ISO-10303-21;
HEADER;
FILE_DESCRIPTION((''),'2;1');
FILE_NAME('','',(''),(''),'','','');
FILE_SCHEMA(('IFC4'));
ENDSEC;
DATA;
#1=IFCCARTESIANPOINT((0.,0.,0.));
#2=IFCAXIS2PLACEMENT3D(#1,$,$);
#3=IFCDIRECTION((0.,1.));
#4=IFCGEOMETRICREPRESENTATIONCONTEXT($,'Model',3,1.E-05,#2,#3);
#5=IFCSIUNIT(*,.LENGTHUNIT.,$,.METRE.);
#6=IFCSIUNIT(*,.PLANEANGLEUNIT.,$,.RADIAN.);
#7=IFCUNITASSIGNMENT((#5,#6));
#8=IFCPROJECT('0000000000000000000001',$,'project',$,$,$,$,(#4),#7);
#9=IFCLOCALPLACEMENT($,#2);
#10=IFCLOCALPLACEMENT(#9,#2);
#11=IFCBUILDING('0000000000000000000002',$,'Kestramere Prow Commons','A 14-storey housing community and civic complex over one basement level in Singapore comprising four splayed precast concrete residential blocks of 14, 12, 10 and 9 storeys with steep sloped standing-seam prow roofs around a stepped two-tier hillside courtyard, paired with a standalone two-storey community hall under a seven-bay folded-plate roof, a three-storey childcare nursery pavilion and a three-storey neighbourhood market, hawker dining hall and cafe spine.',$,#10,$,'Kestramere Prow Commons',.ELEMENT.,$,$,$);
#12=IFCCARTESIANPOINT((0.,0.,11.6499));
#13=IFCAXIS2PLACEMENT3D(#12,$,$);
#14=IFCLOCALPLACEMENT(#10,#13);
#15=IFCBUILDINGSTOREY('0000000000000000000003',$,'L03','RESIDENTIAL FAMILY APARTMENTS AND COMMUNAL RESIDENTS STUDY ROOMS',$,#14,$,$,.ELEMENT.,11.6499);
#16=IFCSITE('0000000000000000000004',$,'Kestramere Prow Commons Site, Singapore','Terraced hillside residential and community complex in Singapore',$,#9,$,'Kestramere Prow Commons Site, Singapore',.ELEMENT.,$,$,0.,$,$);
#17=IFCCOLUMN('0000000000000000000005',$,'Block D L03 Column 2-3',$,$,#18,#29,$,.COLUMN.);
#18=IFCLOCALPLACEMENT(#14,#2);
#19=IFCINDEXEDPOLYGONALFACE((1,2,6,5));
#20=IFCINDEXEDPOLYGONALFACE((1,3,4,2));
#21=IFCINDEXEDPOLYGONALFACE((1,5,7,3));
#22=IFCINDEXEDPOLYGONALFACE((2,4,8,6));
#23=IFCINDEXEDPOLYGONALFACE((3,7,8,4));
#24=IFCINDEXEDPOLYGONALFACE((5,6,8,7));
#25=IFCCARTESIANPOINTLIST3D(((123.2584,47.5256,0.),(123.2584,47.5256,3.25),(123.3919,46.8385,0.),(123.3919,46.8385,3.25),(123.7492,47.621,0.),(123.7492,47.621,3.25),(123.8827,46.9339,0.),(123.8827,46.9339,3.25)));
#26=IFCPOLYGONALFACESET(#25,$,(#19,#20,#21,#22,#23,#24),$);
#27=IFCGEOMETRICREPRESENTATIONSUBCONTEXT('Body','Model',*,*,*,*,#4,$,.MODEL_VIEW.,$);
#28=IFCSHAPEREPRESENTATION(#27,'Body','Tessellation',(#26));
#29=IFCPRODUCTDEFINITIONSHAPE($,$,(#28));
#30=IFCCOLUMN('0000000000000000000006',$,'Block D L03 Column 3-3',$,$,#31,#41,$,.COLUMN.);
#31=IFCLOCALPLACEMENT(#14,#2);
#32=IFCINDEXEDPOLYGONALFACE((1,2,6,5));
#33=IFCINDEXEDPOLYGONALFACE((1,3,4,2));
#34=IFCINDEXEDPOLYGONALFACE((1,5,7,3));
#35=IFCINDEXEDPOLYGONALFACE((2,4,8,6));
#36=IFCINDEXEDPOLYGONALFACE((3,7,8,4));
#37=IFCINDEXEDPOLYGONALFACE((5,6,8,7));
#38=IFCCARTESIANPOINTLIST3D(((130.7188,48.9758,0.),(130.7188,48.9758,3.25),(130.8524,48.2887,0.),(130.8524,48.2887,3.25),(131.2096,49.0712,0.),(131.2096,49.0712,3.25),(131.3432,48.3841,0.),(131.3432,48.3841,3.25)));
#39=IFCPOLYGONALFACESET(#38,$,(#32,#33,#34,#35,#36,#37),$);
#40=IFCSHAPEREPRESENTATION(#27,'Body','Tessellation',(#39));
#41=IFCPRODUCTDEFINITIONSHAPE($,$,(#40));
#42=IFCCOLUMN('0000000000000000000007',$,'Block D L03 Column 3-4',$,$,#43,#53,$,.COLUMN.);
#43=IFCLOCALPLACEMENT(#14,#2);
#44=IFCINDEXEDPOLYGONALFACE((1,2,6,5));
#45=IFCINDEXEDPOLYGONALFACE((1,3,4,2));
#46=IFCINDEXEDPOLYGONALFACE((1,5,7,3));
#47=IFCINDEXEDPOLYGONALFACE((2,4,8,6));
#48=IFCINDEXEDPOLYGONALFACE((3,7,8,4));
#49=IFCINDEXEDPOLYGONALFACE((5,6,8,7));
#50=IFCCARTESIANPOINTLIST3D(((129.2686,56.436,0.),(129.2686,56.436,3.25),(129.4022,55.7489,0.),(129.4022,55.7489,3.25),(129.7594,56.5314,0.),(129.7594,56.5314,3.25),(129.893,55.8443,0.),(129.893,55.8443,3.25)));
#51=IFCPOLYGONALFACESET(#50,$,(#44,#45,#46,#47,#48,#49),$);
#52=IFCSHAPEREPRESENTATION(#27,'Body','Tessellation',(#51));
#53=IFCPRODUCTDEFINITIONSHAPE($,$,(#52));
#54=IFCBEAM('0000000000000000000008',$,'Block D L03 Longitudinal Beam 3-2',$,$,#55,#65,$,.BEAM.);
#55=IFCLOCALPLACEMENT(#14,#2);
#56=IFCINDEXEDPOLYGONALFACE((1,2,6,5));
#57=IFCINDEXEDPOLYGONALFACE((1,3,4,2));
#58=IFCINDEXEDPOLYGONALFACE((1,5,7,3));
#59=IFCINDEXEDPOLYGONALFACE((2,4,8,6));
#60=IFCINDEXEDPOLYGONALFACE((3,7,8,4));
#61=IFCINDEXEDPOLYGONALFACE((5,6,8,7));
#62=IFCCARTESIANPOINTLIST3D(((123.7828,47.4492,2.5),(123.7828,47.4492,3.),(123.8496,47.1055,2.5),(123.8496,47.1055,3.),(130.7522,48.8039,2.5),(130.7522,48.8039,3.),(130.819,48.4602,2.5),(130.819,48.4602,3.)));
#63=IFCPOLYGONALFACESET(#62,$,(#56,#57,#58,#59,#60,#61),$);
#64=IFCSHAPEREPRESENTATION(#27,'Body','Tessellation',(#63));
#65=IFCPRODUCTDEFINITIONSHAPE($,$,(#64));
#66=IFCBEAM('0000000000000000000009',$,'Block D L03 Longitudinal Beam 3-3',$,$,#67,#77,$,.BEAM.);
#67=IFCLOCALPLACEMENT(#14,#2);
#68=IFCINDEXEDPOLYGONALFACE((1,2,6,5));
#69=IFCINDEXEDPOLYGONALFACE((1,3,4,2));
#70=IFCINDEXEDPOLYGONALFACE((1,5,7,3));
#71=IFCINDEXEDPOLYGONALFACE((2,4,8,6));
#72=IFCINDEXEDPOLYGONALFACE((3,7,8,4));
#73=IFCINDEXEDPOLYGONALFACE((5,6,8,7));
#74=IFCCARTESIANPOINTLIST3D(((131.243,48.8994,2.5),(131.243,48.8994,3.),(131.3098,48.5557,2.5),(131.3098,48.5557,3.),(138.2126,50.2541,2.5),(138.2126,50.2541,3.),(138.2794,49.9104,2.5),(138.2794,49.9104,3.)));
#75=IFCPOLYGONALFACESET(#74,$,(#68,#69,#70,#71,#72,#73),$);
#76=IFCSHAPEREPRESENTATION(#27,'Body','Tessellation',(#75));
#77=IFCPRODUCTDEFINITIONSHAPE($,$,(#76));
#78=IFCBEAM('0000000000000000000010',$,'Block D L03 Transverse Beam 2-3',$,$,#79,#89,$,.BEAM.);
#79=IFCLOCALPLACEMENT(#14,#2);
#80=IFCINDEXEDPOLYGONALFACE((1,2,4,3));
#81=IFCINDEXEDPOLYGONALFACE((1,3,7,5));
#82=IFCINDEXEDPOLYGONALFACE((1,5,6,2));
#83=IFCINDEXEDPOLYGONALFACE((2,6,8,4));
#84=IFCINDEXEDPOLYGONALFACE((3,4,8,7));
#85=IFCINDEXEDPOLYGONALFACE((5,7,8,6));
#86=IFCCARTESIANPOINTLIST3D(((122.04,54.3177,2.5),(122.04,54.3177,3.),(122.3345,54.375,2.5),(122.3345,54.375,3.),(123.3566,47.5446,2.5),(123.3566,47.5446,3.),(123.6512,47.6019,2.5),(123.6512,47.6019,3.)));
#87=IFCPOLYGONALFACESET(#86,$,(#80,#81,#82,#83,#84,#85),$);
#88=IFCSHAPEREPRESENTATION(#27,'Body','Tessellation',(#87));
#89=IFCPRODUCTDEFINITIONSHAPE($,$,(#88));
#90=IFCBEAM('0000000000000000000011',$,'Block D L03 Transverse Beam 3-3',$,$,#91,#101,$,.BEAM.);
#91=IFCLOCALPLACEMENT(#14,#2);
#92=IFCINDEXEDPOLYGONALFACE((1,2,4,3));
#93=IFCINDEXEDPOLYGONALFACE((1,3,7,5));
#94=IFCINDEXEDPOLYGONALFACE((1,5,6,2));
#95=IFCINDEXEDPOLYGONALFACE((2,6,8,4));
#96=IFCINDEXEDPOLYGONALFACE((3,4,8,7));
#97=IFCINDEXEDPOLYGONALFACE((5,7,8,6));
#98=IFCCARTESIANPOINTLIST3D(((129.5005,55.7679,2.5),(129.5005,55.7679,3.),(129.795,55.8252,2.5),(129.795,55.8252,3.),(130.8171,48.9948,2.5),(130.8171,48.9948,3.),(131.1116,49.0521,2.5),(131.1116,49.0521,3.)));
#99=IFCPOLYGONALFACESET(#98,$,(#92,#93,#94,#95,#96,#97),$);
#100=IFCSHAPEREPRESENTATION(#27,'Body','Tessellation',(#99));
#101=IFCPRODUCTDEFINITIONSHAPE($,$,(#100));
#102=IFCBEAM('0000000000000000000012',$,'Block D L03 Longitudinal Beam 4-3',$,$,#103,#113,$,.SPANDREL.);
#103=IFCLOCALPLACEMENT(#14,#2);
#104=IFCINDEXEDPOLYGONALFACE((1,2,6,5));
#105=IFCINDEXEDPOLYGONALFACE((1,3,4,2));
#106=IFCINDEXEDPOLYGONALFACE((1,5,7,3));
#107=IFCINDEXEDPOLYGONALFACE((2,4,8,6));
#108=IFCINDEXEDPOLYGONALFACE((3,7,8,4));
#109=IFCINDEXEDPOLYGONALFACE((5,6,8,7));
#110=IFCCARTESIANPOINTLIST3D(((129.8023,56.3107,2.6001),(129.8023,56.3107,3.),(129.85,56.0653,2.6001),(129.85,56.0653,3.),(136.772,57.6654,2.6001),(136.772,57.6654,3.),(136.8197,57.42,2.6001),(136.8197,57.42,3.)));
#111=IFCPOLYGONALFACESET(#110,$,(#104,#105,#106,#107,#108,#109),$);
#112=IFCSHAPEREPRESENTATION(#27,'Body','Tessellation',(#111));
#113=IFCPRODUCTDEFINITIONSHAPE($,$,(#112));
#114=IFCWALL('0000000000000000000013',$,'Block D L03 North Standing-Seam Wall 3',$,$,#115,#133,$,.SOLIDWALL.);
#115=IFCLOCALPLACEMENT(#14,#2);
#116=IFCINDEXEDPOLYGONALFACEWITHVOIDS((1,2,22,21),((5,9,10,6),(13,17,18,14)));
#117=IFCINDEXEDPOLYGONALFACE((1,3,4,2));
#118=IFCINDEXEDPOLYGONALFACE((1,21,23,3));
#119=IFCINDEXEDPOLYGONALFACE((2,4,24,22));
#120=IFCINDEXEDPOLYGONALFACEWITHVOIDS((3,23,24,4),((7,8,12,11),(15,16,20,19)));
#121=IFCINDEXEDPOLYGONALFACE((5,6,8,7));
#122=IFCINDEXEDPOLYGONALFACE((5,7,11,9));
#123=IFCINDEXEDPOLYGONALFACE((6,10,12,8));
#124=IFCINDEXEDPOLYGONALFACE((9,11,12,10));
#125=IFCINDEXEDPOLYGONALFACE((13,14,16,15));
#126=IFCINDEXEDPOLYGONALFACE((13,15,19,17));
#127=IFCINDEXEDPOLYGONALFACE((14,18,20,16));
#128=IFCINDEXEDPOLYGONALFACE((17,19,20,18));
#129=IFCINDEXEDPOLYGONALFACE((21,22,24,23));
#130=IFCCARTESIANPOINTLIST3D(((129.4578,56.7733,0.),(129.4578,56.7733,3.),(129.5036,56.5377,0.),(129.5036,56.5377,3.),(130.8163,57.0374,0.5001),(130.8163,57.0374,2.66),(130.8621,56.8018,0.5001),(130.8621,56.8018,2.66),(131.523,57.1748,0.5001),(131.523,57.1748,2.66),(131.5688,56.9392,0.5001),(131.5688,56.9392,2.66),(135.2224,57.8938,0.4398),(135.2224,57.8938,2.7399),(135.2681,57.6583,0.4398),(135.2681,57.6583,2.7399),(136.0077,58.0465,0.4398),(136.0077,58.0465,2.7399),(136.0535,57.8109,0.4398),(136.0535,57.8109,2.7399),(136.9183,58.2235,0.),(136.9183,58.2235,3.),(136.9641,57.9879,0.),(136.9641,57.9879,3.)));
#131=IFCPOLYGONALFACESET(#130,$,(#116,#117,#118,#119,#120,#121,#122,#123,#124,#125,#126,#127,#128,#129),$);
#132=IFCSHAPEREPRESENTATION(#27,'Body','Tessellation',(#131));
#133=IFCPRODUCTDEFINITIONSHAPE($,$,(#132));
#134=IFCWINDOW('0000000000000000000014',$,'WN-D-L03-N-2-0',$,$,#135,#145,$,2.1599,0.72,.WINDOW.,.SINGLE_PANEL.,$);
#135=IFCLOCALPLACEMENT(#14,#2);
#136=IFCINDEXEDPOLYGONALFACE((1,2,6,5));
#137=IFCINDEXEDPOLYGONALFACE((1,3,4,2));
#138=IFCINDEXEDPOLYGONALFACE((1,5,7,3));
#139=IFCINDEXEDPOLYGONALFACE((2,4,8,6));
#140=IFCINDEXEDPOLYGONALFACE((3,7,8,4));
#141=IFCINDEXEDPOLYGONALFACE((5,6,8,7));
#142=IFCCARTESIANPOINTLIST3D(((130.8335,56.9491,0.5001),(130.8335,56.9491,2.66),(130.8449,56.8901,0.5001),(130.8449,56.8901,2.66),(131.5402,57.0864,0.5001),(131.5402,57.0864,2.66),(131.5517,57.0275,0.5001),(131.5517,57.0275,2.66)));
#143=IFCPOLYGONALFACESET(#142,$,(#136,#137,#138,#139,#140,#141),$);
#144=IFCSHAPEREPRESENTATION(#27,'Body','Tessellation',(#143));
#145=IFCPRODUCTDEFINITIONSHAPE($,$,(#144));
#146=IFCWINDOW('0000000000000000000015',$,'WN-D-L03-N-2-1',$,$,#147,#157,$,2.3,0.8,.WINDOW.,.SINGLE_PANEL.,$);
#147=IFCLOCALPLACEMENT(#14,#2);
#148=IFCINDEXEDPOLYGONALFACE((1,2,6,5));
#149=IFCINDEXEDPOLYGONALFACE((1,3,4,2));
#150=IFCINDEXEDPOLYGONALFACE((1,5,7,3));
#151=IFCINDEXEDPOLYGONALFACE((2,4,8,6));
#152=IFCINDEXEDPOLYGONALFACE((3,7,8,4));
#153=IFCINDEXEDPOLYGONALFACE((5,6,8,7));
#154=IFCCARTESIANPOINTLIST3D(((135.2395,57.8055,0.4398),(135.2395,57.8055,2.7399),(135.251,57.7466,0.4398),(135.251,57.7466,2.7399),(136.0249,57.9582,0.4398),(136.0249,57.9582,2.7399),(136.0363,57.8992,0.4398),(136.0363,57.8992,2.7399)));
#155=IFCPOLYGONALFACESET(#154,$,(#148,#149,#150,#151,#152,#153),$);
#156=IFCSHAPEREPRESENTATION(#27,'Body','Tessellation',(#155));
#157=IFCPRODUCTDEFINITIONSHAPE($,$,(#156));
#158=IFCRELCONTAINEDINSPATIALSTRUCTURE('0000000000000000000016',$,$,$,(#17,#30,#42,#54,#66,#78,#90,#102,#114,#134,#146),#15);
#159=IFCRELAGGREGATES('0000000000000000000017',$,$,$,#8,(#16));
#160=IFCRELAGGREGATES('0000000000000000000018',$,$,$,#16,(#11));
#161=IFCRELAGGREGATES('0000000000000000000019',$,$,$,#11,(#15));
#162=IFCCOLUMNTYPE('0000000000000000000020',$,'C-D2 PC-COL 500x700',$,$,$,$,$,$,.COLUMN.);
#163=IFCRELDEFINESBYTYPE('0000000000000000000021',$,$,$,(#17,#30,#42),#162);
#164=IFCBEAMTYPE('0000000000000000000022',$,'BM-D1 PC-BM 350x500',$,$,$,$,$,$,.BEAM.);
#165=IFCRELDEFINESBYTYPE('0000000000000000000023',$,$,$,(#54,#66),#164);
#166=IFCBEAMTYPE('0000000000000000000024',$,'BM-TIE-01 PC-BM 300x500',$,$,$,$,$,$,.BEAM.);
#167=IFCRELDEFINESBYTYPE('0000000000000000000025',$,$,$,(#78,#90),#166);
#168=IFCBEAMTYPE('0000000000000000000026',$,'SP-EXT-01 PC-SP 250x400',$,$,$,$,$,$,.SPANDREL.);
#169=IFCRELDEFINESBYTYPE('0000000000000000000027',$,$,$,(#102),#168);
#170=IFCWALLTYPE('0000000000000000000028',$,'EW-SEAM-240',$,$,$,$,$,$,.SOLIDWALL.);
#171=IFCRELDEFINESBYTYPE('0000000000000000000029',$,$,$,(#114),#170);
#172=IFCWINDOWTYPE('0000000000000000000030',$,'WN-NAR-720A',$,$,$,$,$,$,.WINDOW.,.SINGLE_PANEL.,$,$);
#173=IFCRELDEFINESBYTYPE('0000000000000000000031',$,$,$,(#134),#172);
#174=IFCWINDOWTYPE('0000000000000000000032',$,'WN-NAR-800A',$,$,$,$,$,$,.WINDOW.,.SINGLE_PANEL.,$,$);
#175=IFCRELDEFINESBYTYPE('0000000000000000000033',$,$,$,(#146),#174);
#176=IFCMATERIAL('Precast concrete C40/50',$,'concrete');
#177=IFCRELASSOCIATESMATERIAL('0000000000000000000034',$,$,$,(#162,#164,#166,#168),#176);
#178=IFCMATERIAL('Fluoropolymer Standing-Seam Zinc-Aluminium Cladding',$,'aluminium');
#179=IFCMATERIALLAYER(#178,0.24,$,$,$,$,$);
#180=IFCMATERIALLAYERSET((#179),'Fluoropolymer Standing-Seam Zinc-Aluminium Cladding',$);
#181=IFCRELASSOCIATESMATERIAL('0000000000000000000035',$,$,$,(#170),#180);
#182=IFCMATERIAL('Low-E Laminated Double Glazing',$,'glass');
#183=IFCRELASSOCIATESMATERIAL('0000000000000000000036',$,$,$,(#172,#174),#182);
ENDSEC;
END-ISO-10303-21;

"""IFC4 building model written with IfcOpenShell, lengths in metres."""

from ifc_helpers import new_model, si_unit, direction, frame, frame_2d, origin, origin_2d, place, context, subcontext, project, spatial, rectangle, extrude, material, layer, layer_set, material_profile, profile_set, type_object, element, fill, save


model = new_model("IFC4")

# Units and contexts
model_context = context("Model", 3, precision=1e-05, world=origin(), true_north=direction((0.0, 1.0)))
body_context = subcontext(model_context, "Body", "Model", "MODEL_VIEW")
ifc_project = project(units=[si_unit("LENGTHUNIT", "METRE"), si_unit("PLANEANGLEUNIT", "RADIAN")], contexts=[model_context])

# Site, building, storey
site_placement = place(None, origin())
site = spatial("IfcSite", under=ifc_project, at=site_placement, Name="Kestramere Prow Commons Site, Singapore", Description="Terraced hillside residential and community complex in Singapore", LongName="Kestramere Prow Commons Site, Singapore", CompositionType="ELEMENT", RefElevation=0.0)
building_placement = place(site_placement, origin())
building = spatial("IfcBuilding", under=site, at=building_placement, Name="Kestramere Prow Commons", Description="A 14-storey housing community and civic complex over one basement level in Singapore comprising four splayed precast concrete residential blocks of 14, 12, 10 and 9 storeys with steep sloped standing-seam prow roofs around a stepped two-tier hillside courtyard, paired with a standalone two-storey community hall under a seven-bay folded-plate roof, a three-storey childcare nursery pavilion and a three-storey neighbourhood market, hawker dining hall and cafe spine.", LongName="Kestramere Prow Commons", CompositionType="ELEMENT")
storey_placement = place(building_placement, frame((0.0, 0.0, 11.6499)))
storey = spatial("IfcBuildingStorey", under=building, at=storey_placement, Name="L03", Description="RESIDENTIAL FAMILY APARTMENTS AND COMMUNAL RESIDENTS STUDY ROOMS", CompositionType="ELEMENT", Elevation=11.6499)

# Columns
ifc_material_1 = material(Name="Precast concrete C40/50", Category="concrete")
ifc_material_profile_1 = material_profile(ifc_material_1, rectangle(XDim=0.5, YDim=0.7, at=origin_2d()), Name="PC-COL 500x700")
ifc_profile_set_1 = profile_set([ifc_material_profile_1], Name="Precast concrete C40/50")
column_type = type_object("IfcColumnType", Name="C-D2 PC-COL 500x700", PredefinedType="COLUMN", material=ifc_profile_set_1)
for number, where, z_axis, x_axis, name in (
    (1, (123.5706, 47.2297, 0.0), (0.0, 0.0, 1.0), (0.981627, 0.190809, 0.0), "Block D L03 Column 2-3"),
    (2, (131.031, 48.6799, 0.0), (0.0, 0.0, 1.0), (0.981627, 0.190809, 0.0), "Block D L03 Column 3-3"),
    (3, (129.5808, 56.1401, 0.0), (0.0, 0.0, 1.0), (0.981627, 0.190809, 0.0), "Block D L03 Column 3-4"),
):
    element("IfcColumn", number, at=place(storey_placement, frame(where, z_axis=z_axis, x_axis=x_axis)), inside=storey, type_object=column_type, Name=name, PredefinedType="COLUMN", context=body_context, shape_type="SweptSolid", body=[
        extrude(rectangle(XDim=0.5, YDim=0.7, at=origin_2d()), origin(), (0.0, 0.0, 1.0), 3.25),
    ])

# Beams
ifc_material_profile_2 = material_profile(ifc_material_1, rectangle(XDim=0.3501, YDim=0.5, at=origin_2d()), Name="PC-BM 350x500")
ifc_profile_set_2 = profile_set([ifc_material_profile_2], Name="Precast concrete C40/50")
beam_type_1 = type_object("IfcBeamType", Name="BM-D1 PC-BM 350x500", PredefinedType="BEAM", material=ifc_profile_set_2)
beam_1_placement = place(storey_placement, frame((123.8162, 47.2773, 2.75), z_axis=(0.981627, 0.19081, 0.0), x_axis=(-0.19081, 0.981627, 0.0)))
element("IfcBeam", 4, at=beam_1_placement, inside=storey, type_object=beam_type_1, Name="Block D L03 Longitudinal Beam 3-2", PredefinedType="BEAM", context=body_context, shape_type="SweptSolid", body=[
    extrude(rectangle(XDim=0.3501, YDim=0.5, at=origin_2d()), origin(), (0.0, 0.0, 1.0), 7.0999),
])
beam_2_placement = place(storey_placement, frame((131.2764, 48.7275, 2.75), z_axis=(0.981628, 0.190803, 0.0), x_axis=(-0.190803, 0.981628, 0.0)))
element("IfcBeam", 5, at=beam_2_placement, inside=storey, type_object=beam_type_1, Name="Block D L03 Longitudinal Beam 3-3", PredefinedType="BEAM", context=body_context, shape_type="SweptSolid", body=[
    extrude(rectangle(XDim=0.3501, YDim=0.5, at=origin_2d()), origin(), (0.0, 0.0, 1.0), 7.1001),
])
ifc_material_profile_3 = material_profile(ifc_material_1, rectangle(XDim=0.3, YDim=0.5, at=origin_2d()), Name="PC-BM 300x500")
ifc_profile_set_3 = profile_set([ifc_material_profile_3], Name="Precast concrete C40/50")
beam_type_2 = type_object("IfcBeamType", Name="BM-TIE-01 PC-BM 300x500", PredefinedType="BEAM", material=ifc_profile_set_3)
for number, where, z_axis, x_axis, name in (
    (6, (123.5039, 47.5732, 2.75), (-0.190819, 0.981625, 0.0), (-0.981625, -0.190819, 0.0), "Block D L03 Transverse Beam 2-3"),
    (7, (130.9644, 49.0234, 2.75), (-0.190819, 0.981625, 0.0), (-0.981625, -0.190819, 0.0), "Block D L03 Transverse Beam 3-3"),
):
    element("IfcBeam", number, at=place(storey_placement, frame(where, z_axis=z_axis, x_axis=x_axis)), inside=storey, type_object=beam_type_2, Name=name, PredefinedType="BEAM", context=body_context, shape_type="SweptSolid", body=[
        extrude(rectangle(XDim=0.3, YDim=0.5, at=origin_2d()), origin(), (0.0, 0.0, 1.0), 6.8999),
    ])
ifc_material_profile_4 = material_profile(ifc_material_1, rectangle(XDim=0.25, YDim=0.3999, at=origin_2d()), Name="PC-SP 250x400")
ifc_profile_set_4 = profile_set([ifc_material_profile_4], Name="Precast concrete C40/50")
beam_type_3 = type_object("IfcBeamType", Name="SP-EXT-01 PC-SP 250x400", PredefinedType="SPANDREL", material=ifc_profile_set_4)
beam_3_placement = place(storey_placement, frame((129.8262, 56.188, 2.8), z_axis=(0.981628, 0.190803, 0.0), x_axis=(-0.190803, 0.981628, 0.0)))
element("IfcBeam", 8, at=beam_3_placement, inside=storey, type_object=beam_type_3, Name="Block D L03 Longitudinal Beam 4-3", PredefinedType="SPANDREL", context=body_context, shape_type="SweptSolid", body=[
    extrude(rectangle(XDim=0.25, YDim=0.3999, at=origin_2d()), origin(), (0.0, 0.0, 1.0), 7.1001),
])

# Wall, openings, windows
ifc_material_2 = material(Name="Fluoropolymer Standing-Seam Zinc-Aluminium Cladding", Category="aluminium")
ifc_layer_1 = layer(ifc_material_2, 0.24)
ifc_layer_set_1 = layer_set([ifc_layer_1], Name="Fluoropolymer Standing-Seam Zinc-Aluminium Cladding")
wall_type_1 = type_object("IfcWallType", Name="EW-SEAM-240", PredefinedType="SOLIDWALL", material=ifc_layer_set_1)
wall_1_placement = place(storey_placement, frame((129.4807, 56.6555, 0.0), z_axis=(0.0, 0.0, 1.0), x_axis=(0.981626, 0.190813, 0.0)))
wall_1 = element("IfcWall", 9, at=wall_1_placement, inside=storey, type_object=wall_type_1, Name="Block D L03 North Standing-Seam Wall 3", PredefinedType="SOLIDWALL", context=body_context, shape_type="SweptSolid", body=[
    extrude(rectangle(XDim=7.6001, YDim=0.24, at=frame_2d((3.8, 0.0))), origin(), (0.0, 0.0, 1.0), 3.0),
])
opening_1_placement = place(wall_1_placement, frame((1.384, 0.0, 0.5)))
opening_1 = element("IfcOpeningElement", 10, at=opening_1_placement, cuts=wall_1, PredefinedType="OPENING", context=body_context, shape_type="SweptSolid", body=[
    extrude(rectangle(XDim=0.72, YDim=2.1599, at=frame_2d((0.3599, 1.0801))), frame((0.0, 0.135, 0.0), z_axis=(0.0, -1.0, 0.0), x_axis=(1.0, 0.0, 0.0)), (0.0, 0.0, 1.0), 0.27),
])
opening_2_placement = place(wall_1_placement, frame((5.8726, 0.0, 0.4399)))
opening_2 = element("IfcOpeningElement", 11, at=opening_2_placement, cuts=wall_1, PredefinedType="OPENING", context=body_context, shape_type="SweptSolid", body=[
    extrude(rectangle(XDim=0.8, YDim=2.3, at=frame_2d((0.3999, 1.1499))), frame((0.0, 0.135, 0.0), z_axis=(0.0, -1.0, 0.0), x_axis=(1.0, 0.0, 0.0)), (0.0, 0.0, 1.0), 0.27),
])
ifc_material_3 = material(Name="Low-E Laminated Double Glazing", Category="glass")
window_type_1 = type_object("IfcWindowType", Name="WN-NAR-720A", PartitioningType="SINGLE_PANEL", PredefinedType="WINDOW", material=ifc_material_3)
window_1_placement = place(opening_1_placement, origin())
window_1 = element("IfcWindow", 12, at=window_1_placement, inside=storey, type_object=window_type_1, Name="WN-D-L03-N-2-0", OverallHeight=2.1599, OverallWidth=0.72, PartitioningType="SINGLE_PANEL", PredefinedType="WINDOW", context=body_context, shape_type="SweptSolid", body=[
    extrude(rectangle(XDim=0.72, YDim=2.1599, at=frame_2d((0.3599, 1.0801))), frame((0.0, 0.03, 0.0), z_axis=(0.0, -1.0, 0.0), x_axis=(1.0, 0.0, 0.0)), (0.0, 0.0, 1.0), 0.0601),
])
fill(opening_1, window_1)
window_type_2 = type_object("IfcWindowType", Name="WN-NAR-800A", PartitioningType="SINGLE_PANEL", PredefinedType="WINDOW", material=ifc_material_3)
window_2_placement = place(opening_2_placement, origin())
window_2 = element("IfcWindow", 13, at=window_2_placement, inside=storey, type_object=window_type_2, Name="WN-D-L03-N-2-1", OverallHeight=2.3, OverallWidth=0.8, PartitioningType="SINGLE_PANEL", PredefinedType="WINDOW", context=body_context, shape_type="SweptSolid", body=[
    extrude(rectangle(XDim=0.8, YDim=2.3, at=frame_2d((0.3999, 1.1499))), frame((0.0, 0.03, 0.0), z_axis=(0.0, -1.0, 0.0), x_axis=(1.0, 0.0, 0.0)), (0.0, 0.0, 1.0), 0.0601),
])
fill(opening_2, window_2)

save(model, "model.ifc")
